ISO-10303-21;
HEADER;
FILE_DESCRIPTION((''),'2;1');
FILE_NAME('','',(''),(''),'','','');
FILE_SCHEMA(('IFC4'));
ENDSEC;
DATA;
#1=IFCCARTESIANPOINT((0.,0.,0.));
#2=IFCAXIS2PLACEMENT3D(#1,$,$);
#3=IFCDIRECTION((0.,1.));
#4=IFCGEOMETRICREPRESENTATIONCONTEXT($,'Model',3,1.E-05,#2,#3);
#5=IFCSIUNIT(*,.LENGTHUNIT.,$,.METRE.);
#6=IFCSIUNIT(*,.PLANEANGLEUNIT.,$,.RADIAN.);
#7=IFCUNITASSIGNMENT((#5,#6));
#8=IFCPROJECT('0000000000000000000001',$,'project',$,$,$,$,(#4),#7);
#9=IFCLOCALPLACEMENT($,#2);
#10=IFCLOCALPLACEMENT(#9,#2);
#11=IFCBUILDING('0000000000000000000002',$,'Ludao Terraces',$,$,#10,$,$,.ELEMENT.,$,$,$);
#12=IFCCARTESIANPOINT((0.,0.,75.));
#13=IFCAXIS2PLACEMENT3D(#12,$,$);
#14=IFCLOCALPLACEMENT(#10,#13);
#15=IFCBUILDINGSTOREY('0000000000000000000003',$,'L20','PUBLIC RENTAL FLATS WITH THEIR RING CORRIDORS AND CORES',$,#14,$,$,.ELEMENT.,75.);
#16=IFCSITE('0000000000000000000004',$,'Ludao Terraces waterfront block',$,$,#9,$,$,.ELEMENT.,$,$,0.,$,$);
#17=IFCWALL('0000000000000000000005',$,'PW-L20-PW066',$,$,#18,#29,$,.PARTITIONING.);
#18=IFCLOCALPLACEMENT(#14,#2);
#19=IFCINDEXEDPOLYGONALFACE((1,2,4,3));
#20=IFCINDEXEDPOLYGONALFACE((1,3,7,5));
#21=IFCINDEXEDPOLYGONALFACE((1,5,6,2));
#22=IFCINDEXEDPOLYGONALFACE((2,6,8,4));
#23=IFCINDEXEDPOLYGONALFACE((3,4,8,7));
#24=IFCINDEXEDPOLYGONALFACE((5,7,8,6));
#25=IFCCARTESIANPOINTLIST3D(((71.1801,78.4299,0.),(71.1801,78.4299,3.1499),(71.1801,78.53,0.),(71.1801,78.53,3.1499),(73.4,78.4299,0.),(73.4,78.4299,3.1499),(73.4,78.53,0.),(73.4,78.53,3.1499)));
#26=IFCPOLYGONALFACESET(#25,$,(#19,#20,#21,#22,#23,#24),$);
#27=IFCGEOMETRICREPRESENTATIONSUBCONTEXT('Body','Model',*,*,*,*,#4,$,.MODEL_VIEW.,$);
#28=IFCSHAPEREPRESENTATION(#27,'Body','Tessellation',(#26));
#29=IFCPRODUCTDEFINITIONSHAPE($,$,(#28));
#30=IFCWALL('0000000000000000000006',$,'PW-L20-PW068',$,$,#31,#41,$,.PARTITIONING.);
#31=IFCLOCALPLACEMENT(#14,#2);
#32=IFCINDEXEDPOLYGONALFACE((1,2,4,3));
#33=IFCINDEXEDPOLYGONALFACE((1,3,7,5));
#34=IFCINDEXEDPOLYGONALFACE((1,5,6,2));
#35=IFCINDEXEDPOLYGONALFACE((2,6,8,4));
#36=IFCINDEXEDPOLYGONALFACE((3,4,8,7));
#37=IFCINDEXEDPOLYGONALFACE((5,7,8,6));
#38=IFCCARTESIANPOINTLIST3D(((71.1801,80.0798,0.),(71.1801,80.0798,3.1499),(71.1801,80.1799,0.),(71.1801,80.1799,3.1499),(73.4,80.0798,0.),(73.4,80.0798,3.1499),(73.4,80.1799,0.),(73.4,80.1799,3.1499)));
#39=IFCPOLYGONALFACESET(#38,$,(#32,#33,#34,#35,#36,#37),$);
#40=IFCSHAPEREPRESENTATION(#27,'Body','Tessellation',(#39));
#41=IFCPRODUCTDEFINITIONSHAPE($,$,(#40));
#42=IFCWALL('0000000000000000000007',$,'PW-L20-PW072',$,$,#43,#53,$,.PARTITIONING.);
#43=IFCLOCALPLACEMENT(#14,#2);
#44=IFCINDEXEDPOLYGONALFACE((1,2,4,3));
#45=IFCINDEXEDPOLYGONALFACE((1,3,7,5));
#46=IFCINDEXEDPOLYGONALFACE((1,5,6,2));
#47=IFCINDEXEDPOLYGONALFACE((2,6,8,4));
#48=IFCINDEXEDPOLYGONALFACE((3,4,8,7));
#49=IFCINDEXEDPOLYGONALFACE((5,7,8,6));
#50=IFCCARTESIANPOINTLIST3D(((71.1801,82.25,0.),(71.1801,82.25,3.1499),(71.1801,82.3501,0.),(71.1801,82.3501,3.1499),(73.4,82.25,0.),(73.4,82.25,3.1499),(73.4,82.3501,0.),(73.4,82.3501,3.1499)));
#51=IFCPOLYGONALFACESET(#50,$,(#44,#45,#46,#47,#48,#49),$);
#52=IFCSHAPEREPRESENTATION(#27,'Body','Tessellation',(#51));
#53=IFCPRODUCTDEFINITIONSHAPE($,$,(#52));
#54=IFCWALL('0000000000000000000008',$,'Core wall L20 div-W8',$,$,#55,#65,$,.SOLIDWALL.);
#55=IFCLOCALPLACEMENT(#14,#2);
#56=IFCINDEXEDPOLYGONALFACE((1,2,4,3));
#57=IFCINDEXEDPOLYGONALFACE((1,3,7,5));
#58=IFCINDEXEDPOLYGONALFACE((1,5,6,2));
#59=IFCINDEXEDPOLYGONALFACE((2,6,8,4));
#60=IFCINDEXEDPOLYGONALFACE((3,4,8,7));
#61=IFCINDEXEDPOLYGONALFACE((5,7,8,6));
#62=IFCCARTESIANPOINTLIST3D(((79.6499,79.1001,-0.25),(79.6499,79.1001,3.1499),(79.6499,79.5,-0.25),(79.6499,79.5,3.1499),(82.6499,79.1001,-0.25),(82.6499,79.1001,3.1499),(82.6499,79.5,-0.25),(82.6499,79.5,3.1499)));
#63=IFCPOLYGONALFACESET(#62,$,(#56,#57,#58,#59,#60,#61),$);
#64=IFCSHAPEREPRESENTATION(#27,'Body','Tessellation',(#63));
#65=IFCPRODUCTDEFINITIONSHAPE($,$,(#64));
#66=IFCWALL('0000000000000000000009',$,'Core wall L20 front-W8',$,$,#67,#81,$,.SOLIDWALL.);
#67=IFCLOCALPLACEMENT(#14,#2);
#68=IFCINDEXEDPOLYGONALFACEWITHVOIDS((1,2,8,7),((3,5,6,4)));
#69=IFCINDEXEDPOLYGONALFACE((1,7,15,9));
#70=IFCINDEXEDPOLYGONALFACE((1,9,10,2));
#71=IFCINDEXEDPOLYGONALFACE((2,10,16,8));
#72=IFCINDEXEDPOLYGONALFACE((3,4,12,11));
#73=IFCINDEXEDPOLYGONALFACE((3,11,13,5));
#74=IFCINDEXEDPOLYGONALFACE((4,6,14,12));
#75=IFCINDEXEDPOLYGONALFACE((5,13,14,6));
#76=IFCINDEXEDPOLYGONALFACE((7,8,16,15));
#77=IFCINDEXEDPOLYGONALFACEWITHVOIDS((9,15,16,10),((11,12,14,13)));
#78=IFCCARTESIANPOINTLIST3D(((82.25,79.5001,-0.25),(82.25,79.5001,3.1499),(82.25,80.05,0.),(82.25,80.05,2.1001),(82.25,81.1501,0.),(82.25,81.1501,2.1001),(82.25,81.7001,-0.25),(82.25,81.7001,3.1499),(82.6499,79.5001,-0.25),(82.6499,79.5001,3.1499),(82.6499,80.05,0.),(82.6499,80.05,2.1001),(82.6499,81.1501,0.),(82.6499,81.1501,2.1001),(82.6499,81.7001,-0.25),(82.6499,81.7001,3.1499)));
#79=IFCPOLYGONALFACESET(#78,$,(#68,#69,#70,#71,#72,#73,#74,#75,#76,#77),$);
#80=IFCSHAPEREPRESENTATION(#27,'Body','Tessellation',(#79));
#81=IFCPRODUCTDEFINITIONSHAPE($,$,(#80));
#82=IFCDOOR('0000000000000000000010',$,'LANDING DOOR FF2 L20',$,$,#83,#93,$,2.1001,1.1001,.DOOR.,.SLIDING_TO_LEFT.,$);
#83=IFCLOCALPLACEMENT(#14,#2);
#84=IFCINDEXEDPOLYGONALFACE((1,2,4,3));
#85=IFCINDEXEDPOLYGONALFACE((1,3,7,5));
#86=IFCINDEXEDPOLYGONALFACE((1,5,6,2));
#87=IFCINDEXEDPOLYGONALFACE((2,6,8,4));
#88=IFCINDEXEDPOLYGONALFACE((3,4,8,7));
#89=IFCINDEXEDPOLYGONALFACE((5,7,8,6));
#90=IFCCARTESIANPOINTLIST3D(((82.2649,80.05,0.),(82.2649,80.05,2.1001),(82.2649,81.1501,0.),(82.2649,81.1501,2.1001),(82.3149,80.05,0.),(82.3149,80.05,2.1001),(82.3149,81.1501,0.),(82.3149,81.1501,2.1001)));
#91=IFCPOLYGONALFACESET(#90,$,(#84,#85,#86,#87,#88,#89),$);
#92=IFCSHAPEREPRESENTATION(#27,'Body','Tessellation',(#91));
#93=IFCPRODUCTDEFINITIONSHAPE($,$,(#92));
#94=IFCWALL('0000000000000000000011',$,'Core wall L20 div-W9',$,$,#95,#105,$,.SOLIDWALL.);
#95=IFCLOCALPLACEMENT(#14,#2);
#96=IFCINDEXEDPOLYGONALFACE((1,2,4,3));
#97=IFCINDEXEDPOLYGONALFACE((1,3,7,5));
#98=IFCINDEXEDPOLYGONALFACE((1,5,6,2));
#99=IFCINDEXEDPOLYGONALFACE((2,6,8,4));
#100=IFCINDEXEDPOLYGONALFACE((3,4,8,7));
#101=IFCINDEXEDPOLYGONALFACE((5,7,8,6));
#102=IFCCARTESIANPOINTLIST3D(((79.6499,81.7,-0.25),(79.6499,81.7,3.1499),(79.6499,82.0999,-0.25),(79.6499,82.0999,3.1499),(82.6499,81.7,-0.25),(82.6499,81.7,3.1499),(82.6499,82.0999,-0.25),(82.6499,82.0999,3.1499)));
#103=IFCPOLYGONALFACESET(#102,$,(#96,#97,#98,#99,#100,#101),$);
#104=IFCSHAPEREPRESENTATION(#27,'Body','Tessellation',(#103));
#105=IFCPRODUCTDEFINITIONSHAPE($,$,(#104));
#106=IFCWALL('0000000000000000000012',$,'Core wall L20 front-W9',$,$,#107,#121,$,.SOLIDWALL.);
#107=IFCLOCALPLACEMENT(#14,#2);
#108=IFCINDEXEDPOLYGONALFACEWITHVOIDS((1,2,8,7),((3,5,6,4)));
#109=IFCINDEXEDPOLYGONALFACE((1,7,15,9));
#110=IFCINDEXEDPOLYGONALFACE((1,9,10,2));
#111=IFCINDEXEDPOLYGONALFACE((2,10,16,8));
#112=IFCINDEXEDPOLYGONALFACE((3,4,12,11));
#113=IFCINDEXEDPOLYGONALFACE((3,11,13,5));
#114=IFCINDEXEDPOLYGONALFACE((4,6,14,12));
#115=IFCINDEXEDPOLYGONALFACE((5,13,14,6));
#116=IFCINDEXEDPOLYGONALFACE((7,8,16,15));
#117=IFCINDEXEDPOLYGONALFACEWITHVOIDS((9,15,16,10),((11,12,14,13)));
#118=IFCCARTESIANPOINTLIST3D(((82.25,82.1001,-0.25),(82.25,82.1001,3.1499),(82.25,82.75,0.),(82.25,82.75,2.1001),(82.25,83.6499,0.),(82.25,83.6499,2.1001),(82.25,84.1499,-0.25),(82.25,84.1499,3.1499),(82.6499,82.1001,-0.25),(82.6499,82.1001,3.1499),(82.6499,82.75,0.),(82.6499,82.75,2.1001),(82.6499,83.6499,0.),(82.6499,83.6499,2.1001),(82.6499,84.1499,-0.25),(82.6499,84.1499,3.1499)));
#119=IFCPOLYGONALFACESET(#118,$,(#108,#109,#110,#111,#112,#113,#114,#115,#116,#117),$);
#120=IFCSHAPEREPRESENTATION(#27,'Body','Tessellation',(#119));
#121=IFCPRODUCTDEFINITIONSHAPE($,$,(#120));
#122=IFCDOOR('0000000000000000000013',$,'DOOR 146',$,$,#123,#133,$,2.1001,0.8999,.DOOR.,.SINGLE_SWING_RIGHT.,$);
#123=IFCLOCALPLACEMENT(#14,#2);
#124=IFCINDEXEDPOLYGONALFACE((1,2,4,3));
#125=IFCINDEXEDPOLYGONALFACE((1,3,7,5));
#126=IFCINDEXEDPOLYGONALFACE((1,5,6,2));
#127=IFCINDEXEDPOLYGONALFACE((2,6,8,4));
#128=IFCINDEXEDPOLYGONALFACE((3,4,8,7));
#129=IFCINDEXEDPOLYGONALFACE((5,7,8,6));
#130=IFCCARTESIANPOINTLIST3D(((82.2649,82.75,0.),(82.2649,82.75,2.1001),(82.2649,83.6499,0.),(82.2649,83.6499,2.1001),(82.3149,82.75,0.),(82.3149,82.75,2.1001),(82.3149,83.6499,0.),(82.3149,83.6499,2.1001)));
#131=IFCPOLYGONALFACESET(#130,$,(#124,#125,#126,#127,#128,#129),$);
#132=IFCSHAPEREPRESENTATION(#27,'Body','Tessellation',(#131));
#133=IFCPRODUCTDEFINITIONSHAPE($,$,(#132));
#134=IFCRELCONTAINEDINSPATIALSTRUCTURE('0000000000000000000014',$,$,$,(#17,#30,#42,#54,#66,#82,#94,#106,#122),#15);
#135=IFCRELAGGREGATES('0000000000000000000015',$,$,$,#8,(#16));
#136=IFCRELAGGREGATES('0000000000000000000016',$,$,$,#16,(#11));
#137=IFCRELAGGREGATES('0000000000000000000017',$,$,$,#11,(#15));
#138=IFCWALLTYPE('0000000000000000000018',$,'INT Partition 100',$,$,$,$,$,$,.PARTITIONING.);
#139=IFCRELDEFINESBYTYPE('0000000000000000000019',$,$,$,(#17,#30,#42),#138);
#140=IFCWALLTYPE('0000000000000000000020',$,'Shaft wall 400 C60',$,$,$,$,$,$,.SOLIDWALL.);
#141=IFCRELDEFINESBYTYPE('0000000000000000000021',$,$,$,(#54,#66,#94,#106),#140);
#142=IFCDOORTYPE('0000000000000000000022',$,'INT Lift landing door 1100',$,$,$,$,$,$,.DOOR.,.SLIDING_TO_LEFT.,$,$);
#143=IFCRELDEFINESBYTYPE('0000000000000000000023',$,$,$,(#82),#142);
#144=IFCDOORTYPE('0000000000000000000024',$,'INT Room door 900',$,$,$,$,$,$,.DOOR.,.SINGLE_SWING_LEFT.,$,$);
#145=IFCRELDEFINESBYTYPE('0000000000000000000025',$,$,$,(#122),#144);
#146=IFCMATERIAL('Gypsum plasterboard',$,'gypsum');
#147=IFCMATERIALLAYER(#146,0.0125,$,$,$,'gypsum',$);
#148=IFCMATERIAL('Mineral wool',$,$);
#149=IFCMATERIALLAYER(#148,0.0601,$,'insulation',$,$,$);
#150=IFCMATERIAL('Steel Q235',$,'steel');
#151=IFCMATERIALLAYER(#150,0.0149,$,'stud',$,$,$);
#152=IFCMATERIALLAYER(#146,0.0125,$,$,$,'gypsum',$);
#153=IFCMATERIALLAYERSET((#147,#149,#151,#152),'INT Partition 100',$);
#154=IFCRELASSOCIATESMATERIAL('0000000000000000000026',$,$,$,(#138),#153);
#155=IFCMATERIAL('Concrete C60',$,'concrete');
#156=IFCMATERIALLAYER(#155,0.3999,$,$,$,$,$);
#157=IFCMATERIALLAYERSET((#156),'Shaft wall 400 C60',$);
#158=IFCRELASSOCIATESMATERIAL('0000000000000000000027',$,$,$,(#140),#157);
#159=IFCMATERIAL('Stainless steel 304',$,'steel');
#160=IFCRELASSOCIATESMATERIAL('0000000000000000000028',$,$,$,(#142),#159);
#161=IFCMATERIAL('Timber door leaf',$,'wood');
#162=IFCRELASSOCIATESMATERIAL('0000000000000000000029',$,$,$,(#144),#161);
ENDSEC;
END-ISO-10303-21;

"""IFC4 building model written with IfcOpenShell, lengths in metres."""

from ifc_helpers import new_model, si_unit, direction, frame, frame_2d, origin, place, context, subcontext, project, spatial, rectangle, extrude, material, layer, layer_set, type_object, element, fill, save


model = new_model("IFC4")

# Units and contexts
model_context = context("Model", 3, precision=1e-05, world=origin(), true_north=direction((0.0, 1.0)))
body_context = subcontext(model_context, "Body", "Model", "MODEL_VIEW")
ifc_project = project(units=[si_unit("LENGTHUNIT", "METRE"), si_unit("PLANEANGLEUNIT", "RADIAN")], contexts=[model_context])

# Site, building, storey
site_placement = place(None, origin())
site = spatial("IfcSite", under=ifc_project, at=site_placement, Name="Ludao Terraces waterfront block", CompositionType="ELEMENT", RefElevation=0.0)
building_placement = place(site_placement, origin())
building = spatial("IfcBuilding", under=site, at=building_placement, Name="Ludao Terraces", CompositionType="ELEMENT")
storey_placement = place(building_placement, frame((0.0, 0.0, 75.0)))
storey = spatial("IfcBuildingStorey", under=building, at=storey_placement, Name="L20", Description="PUBLIC RENTAL FLATS WITH THEIR RING CORRIDORS AND CORES", CompositionType="ELEMENT", Elevation=75.0)

# Walls
ifc_material_1 = material(Name="Gypsum plasterboard", Category="gypsum")
ifc_layer_1 = layer(ifc_material_1, 0.0125, Category="gypsum")
ifc_material_2 = material(Name="Mineral wool")
ifc_layer_2 = layer(ifc_material_2, 0.0601, Name="insulation")
ifc_material_3 = material(Name="Steel Q235", Category="steel")
ifc_layer_3 = layer(ifc_material_3, 0.0149, Name="stud")
ifc_layer_4 = layer(ifc_material_1, 0.0125, Category="gypsum")
ifc_layer_set_1 = layer_set([ifc_layer_1, ifc_layer_2, ifc_layer_3, ifc_layer_4], Name="INT Partition 100")
wall_type_1 = type_object("IfcWallType", Name="INT Partition 100", PredefinedType="PARTITIONING", material=ifc_layer_set_1)
for number, where, z_axis, x_axis, name in (
    (1, (71.1802, 78.48, 0.0), (0.0, 0.0, 1.0), (1.0, 0.0, 0.0), "PW-L20-PW066"),
    (2, (71.1802, 80.1299, 0.0), (0.0, 0.0, 1.0), (1.0, 0.0, 0.0), "PW-L20-PW068"),
    (3, (71.1802, 82.3, 0.0), (0.0, 0.0, 1.0), (1.0, 0.0, 0.0), "PW-L20-PW072"),
):
    element("IfcWall", number, at=place(storey_placement, frame(where, z_axis=z_axis, x_axis=x_axis)), inside=storey, type_object=wall_type_1, Name=name, PredefinedType="PARTITIONING", context=body_context, shape_type="SweptSolid", body=[
        extrude(rectangle(XDim=2.22, YDim=0.1001, at=frame_2d((1.1099, 0.0))), origin(), (0.0, 0.0, 1.0), 3.1499),
    ])
ifc_material_4 = material(Name="Concrete C60", Category="concrete")
ifc_layer_5 = layer(ifc_material_4, 0.3999)
ifc_layer_set_2 = layer_set([ifc_layer_5], Name="Shaft wall 400 C60")
wall_type_2 = type_object("IfcWallType", Name="Shaft wall 400 C60", PredefinedType="SOLIDWALL", material=ifc_layer_set_2)
wall_1_placement = place(storey_placement, frame((79.6499, 79.3, -0.25), z_axis=(0.0, 0.0, 1.0), x_axis=(1.0, 0.0, 0.0)))
element("IfcWall", 4, at=wall_1_placement, inside=storey, type_object=wall_type_2, Name="Core wall L20 div-W8", PredefinedType="SOLIDWALL", context=body_context, shape_type="SweptSolid", body=[
    extrude(rectangle(XDim=3.0, YDim=0.3999, at=frame_2d((1.5, 0.0))), origin(), (0.0, 0.0, 1.0), 3.3999),
])

# Wall, opening, door
wall_2_placement = place(storey_placement, frame((82.45, 79.5, -0.25), z_axis=(0.0, 0.0, 1.0), x_axis=(0.0, 1.0, 0.0)))
wall_2 = element("IfcWall", 5, at=wall_2_placement, inside=storey, type_object=wall_type_2, Name="Core wall L20 front-W8", PredefinedType="SOLIDWALL", context=body_context, shape_type="SweptSolid", body=[
    extrude(rectangle(XDim=2.2, YDim=0.3999, at=frame_2d((1.1001, 0.0))), origin(), (0.0, 0.0, 1.0), 3.3999),
])
opening_1_placement = place(wall_2_placement, frame((0.55, 0.0, 0.25)))
opening_1 = element("IfcOpeningElement", 6, at=opening_1_placement, cuts=wall_2, PredefinedType="OPENING", context=body_context, shape_type="SweptSolid", body=[
    extrude(rectangle(XDim=1.1001, YDim=2.1001, at=frame_2d((0.55, 1.05))), frame((0.0, 0.21, 0.0), z_axis=(0.0, -1.0, 0.0), x_axis=(1.0, 0.0, 0.0)), (0.0, 0.0, 1.0), 0.4199),
])
ifc_material_5 = material(Name="Stainless steel 304", Category="steel")
door_type_1 = type_object("IfcDoorType", Name="INT Lift landing door 1100", OperationType="SLIDING_TO_LEFT", PredefinedType="DOOR", material=ifc_material_5)
door_1_placement = place(opening_1_placement, origin())
door_1 = element("IfcDoor", 7, at=door_1_placement, inside=storey, type_object=door_type_1, Name="LANDING DOOR FF2 L20", OperationType="SLIDING_TO_LEFT", OverallHeight=2.1001, OverallWidth=1.1001, PredefinedType="DOOR", context=body_context, shape_type="SweptSolid", body=[
    extrude(rectangle(XDim=1.1001, YDim=2.1001, at=frame_2d((0.55, 1.05))), frame((0.0, 0.1851, 0.0), z_axis=(0.0, -1.0, 0.0), x_axis=(1.0, 0.0, 0.0)), (0.0, 0.0, 1.0), 0.05),
])
fill(opening_1, door_1)

# Wall
wall_3_placement = place(storey_placement, frame((79.6499, 81.8999, -0.25), z_axis=(0.0, 0.0, 1.0), x_axis=(1.0, 0.0, 0.0)))
element("IfcWall", 8, at=wall_3_placement, inside=storey, type_object=wall_type_2, Name="Core wall L20 div-W9", PredefinedType="SOLIDWALL", context=body_context, shape_type="SweptSolid", body=[
    extrude(rectangle(XDim=3.0, YDim=0.3999, at=frame_2d((1.5, 0.0))), origin(), (0.0, 0.0, 1.0), 3.3999),
])

# Wall, opening, door
wall_4_placement = place(storey_placement, frame((82.45, 82.1001, -0.25), z_axis=(0.0, 0.0, 1.0), x_axis=(0.0, 1.0, 0.0)))
wall_4 = element("IfcWall", 9, at=wall_4_placement, inside=storey, type_object=wall_type_2, Name="Core wall L20 front-W9", PredefinedType="SOLIDWALL", context=body_context, shape_type="SweptSolid", body=[
    extrude(rectangle(XDim=2.0498, YDim=0.3999, at=frame_2d((1.0249, 0.0))), origin(), (0.0, 0.0, 1.0), 3.3999),
])
opening_2_placement = place(wall_4_placement, frame((0.6499, 0.0, 0.25)))
opening_2 = element("IfcOpeningElement", 10, at=opening_2_placement, cuts=wall_4, PredefinedType="OPENING", context=body_context, shape_type="SweptSolid", body=[
    extrude(rectangle(XDim=0.8999, YDim=2.1001, at=frame_2d((0.45, 1.05))), frame((0.0, 0.21, 0.0), z_axis=(0.0, -1.0, 0.0), x_axis=(1.0, 0.0, 0.0)), (0.0, 0.0, 1.0), 0.4199),
])
ifc_material_6 = material(Name="Timber door leaf", Category="wood")
door_type_2 = type_object("IfcDoorType", Name="INT Room door 900", OperationType="SINGLE_SWING_LEFT", PredefinedType="DOOR", material=ifc_material_6)
door_2_placement = place(opening_2_placement, origin())
door_2 = element("IfcDoor", 11, at=door_2_placement, inside=storey, type_object=door_type_2, Name="DOOR 146", OperationType="SINGLE_SWING_RIGHT", OverallHeight=2.1001, OverallWidth=0.8999, PredefinedType="DOOR", context=body_context, shape_type="SweptSolid", body=[
    extrude(rectangle(XDim=0.8999, YDim=2.1001, at=frame_2d((0.45, 1.05))), frame((0.0, 0.1851, 0.0), z_axis=(0.0, -1.0, 0.0), x_axis=(1.0, 0.0, 0.0)), (0.0, 0.0, 1.0), 0.05),
])
fill(opening_2, door_2)

save(model, "model.ifc")
